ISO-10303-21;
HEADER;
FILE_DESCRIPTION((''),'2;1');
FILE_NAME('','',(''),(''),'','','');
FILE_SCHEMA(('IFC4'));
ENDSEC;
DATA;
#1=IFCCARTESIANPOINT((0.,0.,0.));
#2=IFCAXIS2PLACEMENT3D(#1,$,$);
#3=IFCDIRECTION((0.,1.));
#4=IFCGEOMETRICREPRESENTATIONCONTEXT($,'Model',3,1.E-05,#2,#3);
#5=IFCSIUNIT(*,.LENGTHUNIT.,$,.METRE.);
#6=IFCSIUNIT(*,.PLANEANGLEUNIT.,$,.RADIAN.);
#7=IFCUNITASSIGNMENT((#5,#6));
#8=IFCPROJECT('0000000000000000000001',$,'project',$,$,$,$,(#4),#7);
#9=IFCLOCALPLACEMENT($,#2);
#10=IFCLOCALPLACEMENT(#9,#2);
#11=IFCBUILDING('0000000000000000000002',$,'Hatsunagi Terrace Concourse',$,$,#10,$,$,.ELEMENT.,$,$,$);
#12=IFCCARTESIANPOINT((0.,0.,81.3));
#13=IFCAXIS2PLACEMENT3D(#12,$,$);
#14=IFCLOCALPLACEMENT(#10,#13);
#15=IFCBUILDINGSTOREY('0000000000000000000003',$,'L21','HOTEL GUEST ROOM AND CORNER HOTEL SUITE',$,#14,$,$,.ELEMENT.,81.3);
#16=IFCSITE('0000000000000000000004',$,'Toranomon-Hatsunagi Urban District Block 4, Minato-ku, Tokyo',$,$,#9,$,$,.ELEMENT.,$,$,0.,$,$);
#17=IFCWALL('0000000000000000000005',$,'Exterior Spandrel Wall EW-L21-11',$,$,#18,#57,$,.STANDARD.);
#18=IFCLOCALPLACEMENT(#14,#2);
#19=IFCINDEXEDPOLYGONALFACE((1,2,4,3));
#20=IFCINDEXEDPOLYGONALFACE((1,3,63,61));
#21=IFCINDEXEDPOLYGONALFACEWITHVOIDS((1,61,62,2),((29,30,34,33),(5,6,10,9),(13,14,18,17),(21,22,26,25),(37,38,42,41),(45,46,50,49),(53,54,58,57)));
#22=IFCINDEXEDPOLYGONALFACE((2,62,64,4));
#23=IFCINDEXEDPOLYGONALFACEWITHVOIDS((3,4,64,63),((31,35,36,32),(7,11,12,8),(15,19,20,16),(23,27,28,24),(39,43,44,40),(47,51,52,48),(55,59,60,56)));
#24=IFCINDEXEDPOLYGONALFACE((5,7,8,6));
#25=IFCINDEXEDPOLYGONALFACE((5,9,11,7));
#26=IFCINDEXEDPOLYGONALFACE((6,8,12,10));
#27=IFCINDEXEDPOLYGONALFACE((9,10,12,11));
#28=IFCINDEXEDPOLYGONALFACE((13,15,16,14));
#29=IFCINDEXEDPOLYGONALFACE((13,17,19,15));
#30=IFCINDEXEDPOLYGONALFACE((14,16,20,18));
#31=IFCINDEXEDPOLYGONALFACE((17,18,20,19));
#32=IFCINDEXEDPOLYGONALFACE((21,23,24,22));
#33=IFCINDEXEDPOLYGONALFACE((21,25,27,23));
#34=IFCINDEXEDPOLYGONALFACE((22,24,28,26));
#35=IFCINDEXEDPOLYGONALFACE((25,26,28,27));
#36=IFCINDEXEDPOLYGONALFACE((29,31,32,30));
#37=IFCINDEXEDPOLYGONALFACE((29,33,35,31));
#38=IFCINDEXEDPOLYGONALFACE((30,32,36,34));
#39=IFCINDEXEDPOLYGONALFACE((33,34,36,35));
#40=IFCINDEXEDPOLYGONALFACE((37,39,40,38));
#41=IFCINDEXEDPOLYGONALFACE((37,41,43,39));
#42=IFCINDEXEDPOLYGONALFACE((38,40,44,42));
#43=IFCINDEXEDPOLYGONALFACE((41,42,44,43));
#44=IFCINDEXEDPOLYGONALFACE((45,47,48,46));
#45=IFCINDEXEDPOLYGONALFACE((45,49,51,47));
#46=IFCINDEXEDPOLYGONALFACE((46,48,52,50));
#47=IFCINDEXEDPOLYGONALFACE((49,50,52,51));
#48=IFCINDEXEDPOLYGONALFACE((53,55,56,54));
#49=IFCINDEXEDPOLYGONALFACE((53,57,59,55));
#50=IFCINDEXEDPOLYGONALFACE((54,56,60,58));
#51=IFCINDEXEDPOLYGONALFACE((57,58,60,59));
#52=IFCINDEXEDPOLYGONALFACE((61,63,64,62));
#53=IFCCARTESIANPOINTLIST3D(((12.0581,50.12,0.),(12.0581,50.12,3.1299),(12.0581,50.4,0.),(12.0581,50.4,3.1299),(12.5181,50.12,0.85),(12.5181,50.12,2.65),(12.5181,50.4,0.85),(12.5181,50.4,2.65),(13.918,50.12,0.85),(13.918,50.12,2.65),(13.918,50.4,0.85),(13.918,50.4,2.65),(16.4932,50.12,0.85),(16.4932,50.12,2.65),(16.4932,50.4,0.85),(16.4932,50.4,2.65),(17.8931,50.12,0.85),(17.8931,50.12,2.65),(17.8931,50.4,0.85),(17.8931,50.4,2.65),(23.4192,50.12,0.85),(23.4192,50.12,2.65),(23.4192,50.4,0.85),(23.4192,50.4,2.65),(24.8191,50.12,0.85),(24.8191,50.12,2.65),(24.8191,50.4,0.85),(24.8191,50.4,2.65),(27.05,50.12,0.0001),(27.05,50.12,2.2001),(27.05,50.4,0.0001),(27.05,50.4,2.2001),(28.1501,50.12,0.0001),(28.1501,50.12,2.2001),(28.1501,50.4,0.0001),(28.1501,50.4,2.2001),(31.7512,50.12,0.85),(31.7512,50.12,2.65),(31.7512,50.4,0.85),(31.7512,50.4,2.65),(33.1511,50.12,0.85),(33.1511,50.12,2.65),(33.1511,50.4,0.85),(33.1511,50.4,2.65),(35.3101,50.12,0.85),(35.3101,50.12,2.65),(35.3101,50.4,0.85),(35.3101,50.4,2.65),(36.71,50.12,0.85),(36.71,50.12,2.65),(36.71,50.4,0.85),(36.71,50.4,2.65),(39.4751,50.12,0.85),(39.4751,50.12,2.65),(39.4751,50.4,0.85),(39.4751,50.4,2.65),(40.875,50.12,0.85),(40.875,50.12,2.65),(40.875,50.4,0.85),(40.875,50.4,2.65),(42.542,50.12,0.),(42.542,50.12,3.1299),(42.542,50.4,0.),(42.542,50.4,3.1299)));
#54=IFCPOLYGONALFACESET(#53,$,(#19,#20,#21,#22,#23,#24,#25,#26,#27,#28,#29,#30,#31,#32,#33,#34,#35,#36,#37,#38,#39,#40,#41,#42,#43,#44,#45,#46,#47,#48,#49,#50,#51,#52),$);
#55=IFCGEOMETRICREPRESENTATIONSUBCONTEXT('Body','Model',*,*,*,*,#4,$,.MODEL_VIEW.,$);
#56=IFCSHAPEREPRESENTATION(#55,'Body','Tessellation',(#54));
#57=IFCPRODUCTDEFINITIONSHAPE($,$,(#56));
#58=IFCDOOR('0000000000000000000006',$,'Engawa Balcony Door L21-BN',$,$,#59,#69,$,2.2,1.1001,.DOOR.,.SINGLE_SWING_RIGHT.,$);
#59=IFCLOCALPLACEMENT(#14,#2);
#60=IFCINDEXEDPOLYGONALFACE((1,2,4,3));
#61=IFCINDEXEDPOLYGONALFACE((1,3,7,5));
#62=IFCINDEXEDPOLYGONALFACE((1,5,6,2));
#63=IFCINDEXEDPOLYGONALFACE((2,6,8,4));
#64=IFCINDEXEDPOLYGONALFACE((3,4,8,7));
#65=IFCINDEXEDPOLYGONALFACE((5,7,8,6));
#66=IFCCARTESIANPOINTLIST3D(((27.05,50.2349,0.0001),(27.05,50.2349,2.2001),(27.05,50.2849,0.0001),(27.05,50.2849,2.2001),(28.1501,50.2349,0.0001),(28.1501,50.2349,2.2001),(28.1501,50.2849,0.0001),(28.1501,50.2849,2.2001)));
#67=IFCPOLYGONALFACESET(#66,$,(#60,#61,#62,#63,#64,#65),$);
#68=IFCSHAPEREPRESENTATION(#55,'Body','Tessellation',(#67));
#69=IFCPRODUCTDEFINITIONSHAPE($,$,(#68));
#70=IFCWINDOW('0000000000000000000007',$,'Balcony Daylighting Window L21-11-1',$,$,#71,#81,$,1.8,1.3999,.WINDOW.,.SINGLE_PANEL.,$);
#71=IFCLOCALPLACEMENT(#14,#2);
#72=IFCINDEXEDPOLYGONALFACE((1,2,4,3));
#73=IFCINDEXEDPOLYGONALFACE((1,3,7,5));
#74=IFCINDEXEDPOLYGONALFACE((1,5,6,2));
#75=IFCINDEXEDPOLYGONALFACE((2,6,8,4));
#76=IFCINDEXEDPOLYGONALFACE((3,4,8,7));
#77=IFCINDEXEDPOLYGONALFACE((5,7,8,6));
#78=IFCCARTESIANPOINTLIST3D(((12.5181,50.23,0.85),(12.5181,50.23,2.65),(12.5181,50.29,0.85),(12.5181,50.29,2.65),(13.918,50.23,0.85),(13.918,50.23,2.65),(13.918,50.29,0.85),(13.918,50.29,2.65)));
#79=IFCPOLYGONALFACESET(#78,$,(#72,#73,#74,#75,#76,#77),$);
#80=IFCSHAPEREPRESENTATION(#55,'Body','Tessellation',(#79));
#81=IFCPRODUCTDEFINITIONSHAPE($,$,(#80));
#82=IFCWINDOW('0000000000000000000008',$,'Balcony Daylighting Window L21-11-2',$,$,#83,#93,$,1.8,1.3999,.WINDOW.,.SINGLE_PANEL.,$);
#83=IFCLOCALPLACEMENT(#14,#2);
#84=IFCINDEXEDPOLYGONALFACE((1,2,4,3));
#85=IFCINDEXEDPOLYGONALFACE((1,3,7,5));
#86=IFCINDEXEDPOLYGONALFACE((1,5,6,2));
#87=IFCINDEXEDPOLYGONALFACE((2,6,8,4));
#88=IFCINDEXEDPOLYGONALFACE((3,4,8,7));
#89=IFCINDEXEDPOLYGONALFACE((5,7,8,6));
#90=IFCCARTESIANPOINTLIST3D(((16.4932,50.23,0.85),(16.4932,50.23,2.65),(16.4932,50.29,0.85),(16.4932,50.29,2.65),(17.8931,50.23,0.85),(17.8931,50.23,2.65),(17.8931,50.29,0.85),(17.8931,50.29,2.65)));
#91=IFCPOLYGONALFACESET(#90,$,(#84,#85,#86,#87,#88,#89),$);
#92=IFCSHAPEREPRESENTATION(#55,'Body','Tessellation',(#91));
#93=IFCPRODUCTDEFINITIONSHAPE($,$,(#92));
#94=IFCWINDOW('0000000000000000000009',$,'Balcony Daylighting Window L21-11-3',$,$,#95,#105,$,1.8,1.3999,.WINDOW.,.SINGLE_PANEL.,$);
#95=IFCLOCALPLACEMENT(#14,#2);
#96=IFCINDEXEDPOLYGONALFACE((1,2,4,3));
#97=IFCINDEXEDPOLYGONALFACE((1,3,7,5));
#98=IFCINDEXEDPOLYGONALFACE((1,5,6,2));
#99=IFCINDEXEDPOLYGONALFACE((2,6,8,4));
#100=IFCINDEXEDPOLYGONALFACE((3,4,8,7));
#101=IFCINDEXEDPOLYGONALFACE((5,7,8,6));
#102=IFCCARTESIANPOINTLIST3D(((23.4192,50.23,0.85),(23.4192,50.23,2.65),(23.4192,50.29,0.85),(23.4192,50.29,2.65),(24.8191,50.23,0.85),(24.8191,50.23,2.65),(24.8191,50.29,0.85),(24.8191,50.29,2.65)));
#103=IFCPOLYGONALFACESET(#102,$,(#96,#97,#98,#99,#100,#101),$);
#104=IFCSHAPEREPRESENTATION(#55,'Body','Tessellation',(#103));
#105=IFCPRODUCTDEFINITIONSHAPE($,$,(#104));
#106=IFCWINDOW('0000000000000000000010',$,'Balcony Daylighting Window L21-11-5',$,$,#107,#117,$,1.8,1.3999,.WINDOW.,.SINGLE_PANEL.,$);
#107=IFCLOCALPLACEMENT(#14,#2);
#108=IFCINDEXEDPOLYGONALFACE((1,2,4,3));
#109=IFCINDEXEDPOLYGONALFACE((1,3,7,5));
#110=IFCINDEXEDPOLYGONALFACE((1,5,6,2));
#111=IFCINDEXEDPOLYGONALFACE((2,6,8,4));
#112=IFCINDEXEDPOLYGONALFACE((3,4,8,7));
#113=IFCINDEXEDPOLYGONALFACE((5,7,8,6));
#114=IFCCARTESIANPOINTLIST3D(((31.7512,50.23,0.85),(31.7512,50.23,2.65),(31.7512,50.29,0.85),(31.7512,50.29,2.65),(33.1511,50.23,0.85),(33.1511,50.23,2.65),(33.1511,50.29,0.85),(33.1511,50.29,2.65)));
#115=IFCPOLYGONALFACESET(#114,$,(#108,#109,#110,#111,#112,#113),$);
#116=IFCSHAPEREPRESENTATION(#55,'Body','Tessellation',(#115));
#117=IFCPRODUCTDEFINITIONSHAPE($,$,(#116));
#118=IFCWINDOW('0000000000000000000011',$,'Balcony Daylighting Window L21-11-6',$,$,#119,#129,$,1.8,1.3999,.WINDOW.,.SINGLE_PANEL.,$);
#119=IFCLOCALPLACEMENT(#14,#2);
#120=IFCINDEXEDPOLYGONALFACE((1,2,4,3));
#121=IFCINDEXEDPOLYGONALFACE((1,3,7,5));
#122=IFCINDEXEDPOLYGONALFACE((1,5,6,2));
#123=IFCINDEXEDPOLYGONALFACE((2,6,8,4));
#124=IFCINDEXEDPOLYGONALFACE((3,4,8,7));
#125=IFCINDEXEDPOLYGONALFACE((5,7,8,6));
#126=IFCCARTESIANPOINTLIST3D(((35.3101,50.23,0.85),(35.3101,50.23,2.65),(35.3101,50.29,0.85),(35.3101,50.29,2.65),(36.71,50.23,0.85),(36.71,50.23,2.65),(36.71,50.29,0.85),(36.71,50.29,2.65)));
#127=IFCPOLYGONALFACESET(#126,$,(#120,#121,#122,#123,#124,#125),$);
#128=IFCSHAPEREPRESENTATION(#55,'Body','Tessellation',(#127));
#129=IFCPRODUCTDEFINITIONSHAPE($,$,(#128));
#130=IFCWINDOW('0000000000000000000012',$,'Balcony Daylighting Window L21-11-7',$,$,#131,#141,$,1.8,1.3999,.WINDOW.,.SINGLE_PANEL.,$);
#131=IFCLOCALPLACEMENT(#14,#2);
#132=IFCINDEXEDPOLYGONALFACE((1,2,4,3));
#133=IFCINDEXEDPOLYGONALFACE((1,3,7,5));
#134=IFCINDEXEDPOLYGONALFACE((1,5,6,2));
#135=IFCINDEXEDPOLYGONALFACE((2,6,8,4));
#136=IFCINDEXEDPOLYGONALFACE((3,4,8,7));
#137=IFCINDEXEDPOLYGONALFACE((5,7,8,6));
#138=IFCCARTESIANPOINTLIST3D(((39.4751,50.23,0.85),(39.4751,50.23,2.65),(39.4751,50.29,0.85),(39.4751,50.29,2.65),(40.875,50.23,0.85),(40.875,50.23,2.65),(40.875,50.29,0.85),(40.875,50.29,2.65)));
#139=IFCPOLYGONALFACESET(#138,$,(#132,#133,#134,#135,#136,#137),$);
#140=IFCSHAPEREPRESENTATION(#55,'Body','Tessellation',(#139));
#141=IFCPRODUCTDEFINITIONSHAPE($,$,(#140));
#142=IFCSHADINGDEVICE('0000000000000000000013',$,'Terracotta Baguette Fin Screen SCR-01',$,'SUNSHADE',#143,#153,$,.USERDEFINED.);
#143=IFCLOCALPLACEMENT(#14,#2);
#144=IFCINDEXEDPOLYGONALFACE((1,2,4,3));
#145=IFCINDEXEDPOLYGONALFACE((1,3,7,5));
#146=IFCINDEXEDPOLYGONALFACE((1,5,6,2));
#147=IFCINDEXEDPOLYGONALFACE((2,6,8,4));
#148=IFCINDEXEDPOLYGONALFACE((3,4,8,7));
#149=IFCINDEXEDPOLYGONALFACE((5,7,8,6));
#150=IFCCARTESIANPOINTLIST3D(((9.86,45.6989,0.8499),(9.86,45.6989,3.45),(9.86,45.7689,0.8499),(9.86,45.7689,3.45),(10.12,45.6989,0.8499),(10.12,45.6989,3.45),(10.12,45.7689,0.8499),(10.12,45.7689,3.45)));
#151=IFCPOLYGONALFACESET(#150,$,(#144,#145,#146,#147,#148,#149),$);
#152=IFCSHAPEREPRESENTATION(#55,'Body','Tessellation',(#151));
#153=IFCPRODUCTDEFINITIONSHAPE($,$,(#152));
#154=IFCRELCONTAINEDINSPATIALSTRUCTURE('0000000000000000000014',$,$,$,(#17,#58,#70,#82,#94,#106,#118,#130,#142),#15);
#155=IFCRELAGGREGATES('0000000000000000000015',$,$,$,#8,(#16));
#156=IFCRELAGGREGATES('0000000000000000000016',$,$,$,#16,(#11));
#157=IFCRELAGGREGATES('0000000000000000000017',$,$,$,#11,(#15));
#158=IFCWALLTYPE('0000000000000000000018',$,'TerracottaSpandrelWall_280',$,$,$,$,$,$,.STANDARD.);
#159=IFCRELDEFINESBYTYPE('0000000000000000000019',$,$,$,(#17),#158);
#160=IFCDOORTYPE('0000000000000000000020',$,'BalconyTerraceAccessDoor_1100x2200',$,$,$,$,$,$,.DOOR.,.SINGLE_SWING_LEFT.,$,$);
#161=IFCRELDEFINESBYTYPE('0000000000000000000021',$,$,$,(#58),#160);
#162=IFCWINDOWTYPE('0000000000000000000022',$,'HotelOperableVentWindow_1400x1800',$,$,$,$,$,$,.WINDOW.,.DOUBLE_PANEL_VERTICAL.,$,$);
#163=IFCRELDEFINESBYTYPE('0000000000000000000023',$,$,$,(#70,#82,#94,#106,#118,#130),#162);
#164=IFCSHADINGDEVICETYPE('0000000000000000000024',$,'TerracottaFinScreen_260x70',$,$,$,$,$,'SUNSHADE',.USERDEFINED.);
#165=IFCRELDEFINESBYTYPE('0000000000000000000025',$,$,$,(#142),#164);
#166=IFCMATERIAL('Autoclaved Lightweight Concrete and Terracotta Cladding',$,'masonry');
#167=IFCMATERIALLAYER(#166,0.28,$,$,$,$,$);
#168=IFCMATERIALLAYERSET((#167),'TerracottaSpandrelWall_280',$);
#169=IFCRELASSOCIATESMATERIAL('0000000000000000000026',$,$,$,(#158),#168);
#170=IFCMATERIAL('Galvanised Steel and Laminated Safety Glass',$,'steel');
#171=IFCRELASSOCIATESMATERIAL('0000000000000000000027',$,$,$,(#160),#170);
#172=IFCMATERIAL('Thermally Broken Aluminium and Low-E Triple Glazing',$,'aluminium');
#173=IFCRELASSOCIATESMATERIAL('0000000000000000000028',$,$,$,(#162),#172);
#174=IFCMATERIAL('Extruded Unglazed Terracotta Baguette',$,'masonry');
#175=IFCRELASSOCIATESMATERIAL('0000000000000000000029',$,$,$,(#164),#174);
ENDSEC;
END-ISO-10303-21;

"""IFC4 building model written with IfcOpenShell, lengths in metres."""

from ifc_helpers import new_model, si_unit, direction, frame, frame_2d, origin, origin_2d, place, context, subcontext, project, spatial, rectangle, extrude, material, layer, layer_set, type_object, element, fill, save


model = new_model("IFC4")

# Units and contexts
model_context = context("Model", 3, precision=1e-05, world=origin(), true_north=direction((0.0, 1.0)))
body_context = subcontext(model_context, "Body", "Model", "MODEL_VIEW")
ifc_project = project(units=[si_unit("LENGTHUNIT", "METRE"), si_unit("PLANEANGLEUNIT", "RADIAN")], contexts=[model_context])

# Site, building, storey
site_placement = place(None, origin())
site = spatial("IfcSite", under=ifc_project, at=site_placement, Name="Toranomon-Hatsunagi Urban District Block 4, Minato-ku, Tokyo", CompositionType="ELEMENT", RefElevation=0.0)
building_placement = place(site_placement, origin())
building = spatial("IfcBuilding", under=site, at=building_placement, Name="Hatsunagi Terrace Concourse", CompositionType="ELEMENT")
storey_placement = place(building_placement, frame((0.0, 0.0, 81.3)))
storey = spatial("IfcBuildingStorey", under=building, at=storey_placement, Name="L21", Description="HOTEL GUEST ROOM AND CORNER HOTEL SUITE", CompositionType="ELEMENT", Elevation=81.3)

# Shared definitions
ifc_material_1 = material(Name="Autoclaved Lightweight Concrete and Terracotta Cladding", Category="masonry")
ifc_layer_1 = layer(ifc_material_1, 0.28)
ifc_layer_set_1 = layer_set([ifc_layer_1], Name="TerracottaSpandrelWall_280")
wall_type_1 = type_object("IfcWallType", Name="TerracottaSpandrelWall_280", PredefinedType="STANDARD", material=ifc_layer_set_1)

# Wall, openings, door, windows
wall_1_placement = place(storey_placement, frame((12.0581, 50.26, 0.0), z_axis=(0.0, 0.0, 1.0), x_axis=(1.0, 0.0, 0.0)))
wall_1 = element("IfcWall", 1, at=wall_1_placement, inside=storey, type_object=wall_type_1, Name="Exterior Spandrel Wall EW-L21-11", PredefinedType="STANDARD", context=body_context, shape_type="SweptSolid", body=[
    extrude(rectangle(XDim=30.4839, YDim=0.28, at=frame_2d((15.2419, 0.0))), origin(), (0.0, 0.0, 1.0), 3.1299),
])
opening_1_placement = place(wall_1_placement, frame((14.9919, 0.0, 0.0)))
opening_1 = element("IfcOpeningElement", 2, at=opening_1_placement, cuts=wall_1, PredefinedType="OPENING", context=body_context, shape_type="SweptSolid", body=[
    extrude(rectangle(XDim=1.1001, YDim=2.2, at=frame_2d((0.55, 1.1001))), frame((0.0, 0.1499, 0.0), z_axis=(0.0, -1.0, 0.0), x_axis=(1.0, 0.0, 0.0)), (0.0, 0.0, 1.0), 0.3),
])
opening_2_placement = place(wall_1_placement, frame((0.46, 0.0, 0.8501)))
opening_2 = element("IfcOpeningElement", 3, at=opening_2_placement, cuts=wall_1, PredefinedType="OPENING", context=body_context, shape_type="SweptSolid", body=[
    extrude(rectangle(XDim=1.3999, YDim=1.8, at=frame_2d((0.7, 0.8999))), frame((0.0, 0.1499, 0.0), z_axis=(0.0, -1.0, 0.0), x_axis=(1.0, 0.0, 0.0)), (0.0, 0.0, 1.0), 0.3),
])
opening_3_placement = place(wall_1_placement, frame((4.4351, 0.0, 0.8501)))
opening_3 = element("IfcOpeningElement", 4, at=opening_3_placement, cuts=wall_1, PredefinedType="OPENING", context=body_context, shape_type="SweptSolid", body=[
    extrude(rectangle(XDim=1.3999, YDim=1.8, at=frame_2d((0.7, 0.8999))), frame((0.0, 0.1499, 0.0), z_axis=(0.0, -1.0, 0.0), x_axis=(1.0, 0.0, 0.0)), (0.0, 0.0, 1.0), 0.3),
])
opening_4_placement = place(wall_1_placement, frame((11.3611, 0.0, 0.8501)))
opening_4 = element("IfcOpeningElement", 5, at=opening_4_placement, cuts=wall_1, PredefinedType="OPENING", context=body_context, shape_type="SweptSolid", body=[
    extrude(rectangle(XDim=1.3999, YDim=1.8, at=frame_2d((0.7, 0.8999))), frame((0.0, 0.1499, 0.0), z_axis=(0.0, -1.0, 0.0), x_axis=(1.0, 0.0, 0.0)), (0.0, 0.0, 1.0), 0.3),
])
opening_5_placement = place(wall_1_placement, frame((19.6931, 0.0, 0.8501)))
opening_5 = element("IfcOpeningElement", 6, at=opening_5_placement, cuts=wall_1, PredefinedType="OPENING", context=body_context, shape_type="SweptSolid", body=[
    extrude(rectangle(XDim=1.3999, YDim=1.8, at=frame_2d((0.7, 0.8999))), frame((0.0, 0.1499, 0.0), z_axis=(0.0, -1.0, 0.0), x_axis=(1.0, 0.0, 0.0)), (0.0, 0.0, 1.0), 0.3),
])
opening_6_placement = place(wall_1_placement, frame((23.252, 0.0, 0.8501)))
opening_6 = element("IfcOpeningElement", 7, at=opening_6_placement, cuts=wall_1, PredefinedType="OPENING", context=body_context, shape_type="SweptSolid", body=[
    extrude(rectangle(XDim=1.3999, YDim=1.8, at=frame_2d((0.7, 0.8999))), frame((0.0, 0.1499, 0.0), z_axis=(0.0, -1.0, 0.0), x_axis=(1.0, 0.0, 0.0)), (0.0, 0.0, 1.0), 0.3),
])
opening_7_placement = place(wall_1_placement, frame((27.417, 0.0, 0.8501)))
opening_7 = element("IfcOpeningElement", 8, at=opening_7_placement, cuts=wall_1, PredefinedType="OPENING", context=body_context, shape_type="SweptSolid", body=[
    extrude(rectangle(XDim=1.3999, YDim=1.8, at=frame_2d((0.7, 0.8999))), frame((0.0, 0.1499, 0.0), z_axis=(0.0, -1.0, 0.0), x_axis=(1.0, 0.0, 0.0)), (0.0, 0.0, 1.0), 0.3),
])
ifc_material_2 = material(Name="Galvanised Steel and Laminated Safety Glass", Category="steel")
door_type = type_object("IfcDoorType", Name="BalconyTerraceAccessDoor_1100x2200", OperationType="SINGLE_SWING_LEFT", PredefinedType="DOOR", material=ifc_material_2)
door_placement = place(opening_1_placement, origin())
door = element("IfcDoor", 9, at=door_placement, inside=storey, type_object=door_type, Name="Engawa Balcony Door L21-BN", OperationType="SINGLE_SWING_RIGHT", OverallHeight=2.2, OverallWidth=1.1001, PredefinedType="DOOR", context=body_context, shape_type="SweptSolid", body=[
    extrude(rectangle(XDim=1.1001, YDim=2.2, at=frame_2d((0.55, 1.1001))), frame((0.0, 0.0249, 0.0), z_axis=(0.0, -1.0, 0.0), x_axis=(1.0, 0.0, 0.0)), (0.0, 0.0, 1.0), 0.05),
])
fill(opening_1, door)
ifc_material_3 = material(Name="Thermally Broken Aluminium and Low-E Triple Glazing", Category="aluminium")
window_type = type_object("IfcWindowType", Name="HotelOperableVentWindow_1400x1800", PartitioningType="DOUBLE_PANEL_VERTICAL", PredefinedType="WINDOW", material=ifc_material_3)
window_1_placement = place(opening_2_placement, origin())
window_1 = element("IfcWindow", 10, at=window_1_placement, inside=storey, type_object=window_type, Name="Balcony Daylighting Window L21-11-1", OverallHeight=1.8, OverallWidth=1.3999, PartitioningType="SINGLE_PANEL", PredefinedType="WINDOW", context=body_context, shape_type="SweptSolid", body=[
    extrude(rectangle(XDim=1.3999, YDim=1.8, at=frame_2d((0.7, 0.8999))), frame((0.0, 0.03, 0.0), z_axis=(0.0, -1.0, 0.0), x_axis=(1.0, 0.0, 0.0)), (0.0, 0.0, 1.0), 0.0601),
])
fill(opening_2, window_1)
window_2_placement = place(opening_3_placement, origin())
window_2 = element("IfcWindow", 11, at=window_2_placement, inside=storey, type_object=window_type, Name="Balcony Daylighting Window L21-11-2", OverallHeight=1.8, OverallWidth=1.3999, PartitioningType="SINGLE_PANEL", PredefinedType="WINDOW", context=body_context, shape_type="SweptSolid", body=[
    extrude(rectangle(XDim=1.3999, YDim=1.8, at=frame_2d((0.7, 0.8999))), frame((0.0, 0.03, 0.0), z_axis=(0.0, -1.0, 0.0), x_axis=(1.0, 0.0, 0.0)), (0.0, 0.0, 1.0), 0.0601),
])
fill(opening_3, window_2)
window_3_placement = place(opening_4_placement, origin())
window_3 = element("IfcWindow", 12, at=window_3_placement, inside=storey, type_object=window_type, Name="Balcony Daylighting Window L21-11-3", OverallHeight=1.8, OverallWidth=1.3999, PartitioningType="SINGLE_PANEL", PredefinedType="WINDOW", context=body_context, shape_type="SweptSolid", body=[
    extrude(rectangle(XDim=1.3999, YDim=1.8, at=frame_2d((0.7, 0.8999))), frame((0.0, 0.03, 0.0), z_axis=(0.0, -1.0, 0.0), x_axis=(1.0, 0.0, 0.0)), (0.0, 0.0, 1.0), 0.0601),
])
fill(opening_4, window_3)
window_4_placement = place(opening_5_placement, origin())
window_4 = element("IfcWindow", 13, at=window_4_placement, inside=storey, type_object=window_type, Name="Balcony Daylighting Window L21-11-5", OverallHeight=1.8, OverallWidth=1.3999, PartitioningType="SINGLE_PANEL", PredefinedType="WINDOW", context=body_context, shape_type="SweptSolid", body=[
    extrude(rectangle(XDim=1.3999, YDim=1.8, at=frame_2d((0.7, 0.8999))), frame((0.0, 0.03, 0.0), z_axis=(0.0, -1.0, 0.0), x_axis=(1.0, 0.0, 0.0)), (0.0, 0.0, 1.0), 0.0601),
])
fill(opening_5, window_4)
window_5_placement = place(opening_6_placement, origin())
window_5 = element("IfcWindow", 14, at=window_5_placement, inside=storey, type_object=window_type, Name="Balcony Daylighting Window L21-11-6", OverallHeight=1.8, OverallWidth=1.3999, PartitioningType="SINGLE_PANEL", PredefinedType="WINDOW", context=body_context, shape_type="SweptSolid", body=[
    extrude(rectangle(XDim=1.3999, YDim=1.8, at=frame_2d((0.7, 0.8999))), frame((0.0, 0.03, 0.0), z_axis=(0.0, -1.0, 0.0), x_axis=(1.0, 0.0, 0.0)), (0.0, 0.0, 1.0), 0.0601),
])
fill(opening_6, window_5)
window_6_placement = place(opening_7_placement, origin())
window_6 = element("IfcWindow", 15, at=window_6_placement, inside=storey, type_object=window_type, Name="Balcony Daylighting Window L21-11-7", OverallHeight=1.8, OverallWidth=1.3999, PartitioningType="SINGLE_PANEL", PredefinedType="WINDOW", context=body_context, shape_type="SweptSolid", body=[
    extrude(rectangle(XDim=1.3999, YDim=1.8, at=frame_2d((0.7, 0.8999))), frame((0.0, 0.03, 0.0), z_axis=(0.0, -1.0, 0.0), x_axis=(1.0, 0.0, 0.0)), (0.0, 0.0, 1.0), 0.0601),
])
fill(opening_7, window_6)

# Shading device
ifc_material_4 = material(Name="Extruded Unglazed Terracotta Baguette", Category="masonry")
shading_device_type = type_object("IfcShadingDeviceType", Name="TerracottaFinScreen_260x70", ElementType="SUNSHADE", PredefinedType="USERDEFINED", material=ifc_material_4)
shading_device_placement = place(storey_placement, frame((9.99, 45.7339, 0.8499), z_axis=(0.0, 0.0, 1.0), x_axis=(0.0, 1.0, 0.0)))
element("IfcShadingDevice", 16, at=shading_device_placement, inside=storey, type_object=shading_device_type, Name="Terracotta Baguette Fin Screen SCR-01", ObjectType="SUNSHADE", PredefinedType="USERDEFINED", context=body_context, shape_type="SweptSolid", body=[
    extrude(rectangle(XDim=0.0701, YDim=0.26, at=origin_2d()), origin(), (0.0, 0.0, 1.0), 2.6001),
])

save(model, "model.ifc")
